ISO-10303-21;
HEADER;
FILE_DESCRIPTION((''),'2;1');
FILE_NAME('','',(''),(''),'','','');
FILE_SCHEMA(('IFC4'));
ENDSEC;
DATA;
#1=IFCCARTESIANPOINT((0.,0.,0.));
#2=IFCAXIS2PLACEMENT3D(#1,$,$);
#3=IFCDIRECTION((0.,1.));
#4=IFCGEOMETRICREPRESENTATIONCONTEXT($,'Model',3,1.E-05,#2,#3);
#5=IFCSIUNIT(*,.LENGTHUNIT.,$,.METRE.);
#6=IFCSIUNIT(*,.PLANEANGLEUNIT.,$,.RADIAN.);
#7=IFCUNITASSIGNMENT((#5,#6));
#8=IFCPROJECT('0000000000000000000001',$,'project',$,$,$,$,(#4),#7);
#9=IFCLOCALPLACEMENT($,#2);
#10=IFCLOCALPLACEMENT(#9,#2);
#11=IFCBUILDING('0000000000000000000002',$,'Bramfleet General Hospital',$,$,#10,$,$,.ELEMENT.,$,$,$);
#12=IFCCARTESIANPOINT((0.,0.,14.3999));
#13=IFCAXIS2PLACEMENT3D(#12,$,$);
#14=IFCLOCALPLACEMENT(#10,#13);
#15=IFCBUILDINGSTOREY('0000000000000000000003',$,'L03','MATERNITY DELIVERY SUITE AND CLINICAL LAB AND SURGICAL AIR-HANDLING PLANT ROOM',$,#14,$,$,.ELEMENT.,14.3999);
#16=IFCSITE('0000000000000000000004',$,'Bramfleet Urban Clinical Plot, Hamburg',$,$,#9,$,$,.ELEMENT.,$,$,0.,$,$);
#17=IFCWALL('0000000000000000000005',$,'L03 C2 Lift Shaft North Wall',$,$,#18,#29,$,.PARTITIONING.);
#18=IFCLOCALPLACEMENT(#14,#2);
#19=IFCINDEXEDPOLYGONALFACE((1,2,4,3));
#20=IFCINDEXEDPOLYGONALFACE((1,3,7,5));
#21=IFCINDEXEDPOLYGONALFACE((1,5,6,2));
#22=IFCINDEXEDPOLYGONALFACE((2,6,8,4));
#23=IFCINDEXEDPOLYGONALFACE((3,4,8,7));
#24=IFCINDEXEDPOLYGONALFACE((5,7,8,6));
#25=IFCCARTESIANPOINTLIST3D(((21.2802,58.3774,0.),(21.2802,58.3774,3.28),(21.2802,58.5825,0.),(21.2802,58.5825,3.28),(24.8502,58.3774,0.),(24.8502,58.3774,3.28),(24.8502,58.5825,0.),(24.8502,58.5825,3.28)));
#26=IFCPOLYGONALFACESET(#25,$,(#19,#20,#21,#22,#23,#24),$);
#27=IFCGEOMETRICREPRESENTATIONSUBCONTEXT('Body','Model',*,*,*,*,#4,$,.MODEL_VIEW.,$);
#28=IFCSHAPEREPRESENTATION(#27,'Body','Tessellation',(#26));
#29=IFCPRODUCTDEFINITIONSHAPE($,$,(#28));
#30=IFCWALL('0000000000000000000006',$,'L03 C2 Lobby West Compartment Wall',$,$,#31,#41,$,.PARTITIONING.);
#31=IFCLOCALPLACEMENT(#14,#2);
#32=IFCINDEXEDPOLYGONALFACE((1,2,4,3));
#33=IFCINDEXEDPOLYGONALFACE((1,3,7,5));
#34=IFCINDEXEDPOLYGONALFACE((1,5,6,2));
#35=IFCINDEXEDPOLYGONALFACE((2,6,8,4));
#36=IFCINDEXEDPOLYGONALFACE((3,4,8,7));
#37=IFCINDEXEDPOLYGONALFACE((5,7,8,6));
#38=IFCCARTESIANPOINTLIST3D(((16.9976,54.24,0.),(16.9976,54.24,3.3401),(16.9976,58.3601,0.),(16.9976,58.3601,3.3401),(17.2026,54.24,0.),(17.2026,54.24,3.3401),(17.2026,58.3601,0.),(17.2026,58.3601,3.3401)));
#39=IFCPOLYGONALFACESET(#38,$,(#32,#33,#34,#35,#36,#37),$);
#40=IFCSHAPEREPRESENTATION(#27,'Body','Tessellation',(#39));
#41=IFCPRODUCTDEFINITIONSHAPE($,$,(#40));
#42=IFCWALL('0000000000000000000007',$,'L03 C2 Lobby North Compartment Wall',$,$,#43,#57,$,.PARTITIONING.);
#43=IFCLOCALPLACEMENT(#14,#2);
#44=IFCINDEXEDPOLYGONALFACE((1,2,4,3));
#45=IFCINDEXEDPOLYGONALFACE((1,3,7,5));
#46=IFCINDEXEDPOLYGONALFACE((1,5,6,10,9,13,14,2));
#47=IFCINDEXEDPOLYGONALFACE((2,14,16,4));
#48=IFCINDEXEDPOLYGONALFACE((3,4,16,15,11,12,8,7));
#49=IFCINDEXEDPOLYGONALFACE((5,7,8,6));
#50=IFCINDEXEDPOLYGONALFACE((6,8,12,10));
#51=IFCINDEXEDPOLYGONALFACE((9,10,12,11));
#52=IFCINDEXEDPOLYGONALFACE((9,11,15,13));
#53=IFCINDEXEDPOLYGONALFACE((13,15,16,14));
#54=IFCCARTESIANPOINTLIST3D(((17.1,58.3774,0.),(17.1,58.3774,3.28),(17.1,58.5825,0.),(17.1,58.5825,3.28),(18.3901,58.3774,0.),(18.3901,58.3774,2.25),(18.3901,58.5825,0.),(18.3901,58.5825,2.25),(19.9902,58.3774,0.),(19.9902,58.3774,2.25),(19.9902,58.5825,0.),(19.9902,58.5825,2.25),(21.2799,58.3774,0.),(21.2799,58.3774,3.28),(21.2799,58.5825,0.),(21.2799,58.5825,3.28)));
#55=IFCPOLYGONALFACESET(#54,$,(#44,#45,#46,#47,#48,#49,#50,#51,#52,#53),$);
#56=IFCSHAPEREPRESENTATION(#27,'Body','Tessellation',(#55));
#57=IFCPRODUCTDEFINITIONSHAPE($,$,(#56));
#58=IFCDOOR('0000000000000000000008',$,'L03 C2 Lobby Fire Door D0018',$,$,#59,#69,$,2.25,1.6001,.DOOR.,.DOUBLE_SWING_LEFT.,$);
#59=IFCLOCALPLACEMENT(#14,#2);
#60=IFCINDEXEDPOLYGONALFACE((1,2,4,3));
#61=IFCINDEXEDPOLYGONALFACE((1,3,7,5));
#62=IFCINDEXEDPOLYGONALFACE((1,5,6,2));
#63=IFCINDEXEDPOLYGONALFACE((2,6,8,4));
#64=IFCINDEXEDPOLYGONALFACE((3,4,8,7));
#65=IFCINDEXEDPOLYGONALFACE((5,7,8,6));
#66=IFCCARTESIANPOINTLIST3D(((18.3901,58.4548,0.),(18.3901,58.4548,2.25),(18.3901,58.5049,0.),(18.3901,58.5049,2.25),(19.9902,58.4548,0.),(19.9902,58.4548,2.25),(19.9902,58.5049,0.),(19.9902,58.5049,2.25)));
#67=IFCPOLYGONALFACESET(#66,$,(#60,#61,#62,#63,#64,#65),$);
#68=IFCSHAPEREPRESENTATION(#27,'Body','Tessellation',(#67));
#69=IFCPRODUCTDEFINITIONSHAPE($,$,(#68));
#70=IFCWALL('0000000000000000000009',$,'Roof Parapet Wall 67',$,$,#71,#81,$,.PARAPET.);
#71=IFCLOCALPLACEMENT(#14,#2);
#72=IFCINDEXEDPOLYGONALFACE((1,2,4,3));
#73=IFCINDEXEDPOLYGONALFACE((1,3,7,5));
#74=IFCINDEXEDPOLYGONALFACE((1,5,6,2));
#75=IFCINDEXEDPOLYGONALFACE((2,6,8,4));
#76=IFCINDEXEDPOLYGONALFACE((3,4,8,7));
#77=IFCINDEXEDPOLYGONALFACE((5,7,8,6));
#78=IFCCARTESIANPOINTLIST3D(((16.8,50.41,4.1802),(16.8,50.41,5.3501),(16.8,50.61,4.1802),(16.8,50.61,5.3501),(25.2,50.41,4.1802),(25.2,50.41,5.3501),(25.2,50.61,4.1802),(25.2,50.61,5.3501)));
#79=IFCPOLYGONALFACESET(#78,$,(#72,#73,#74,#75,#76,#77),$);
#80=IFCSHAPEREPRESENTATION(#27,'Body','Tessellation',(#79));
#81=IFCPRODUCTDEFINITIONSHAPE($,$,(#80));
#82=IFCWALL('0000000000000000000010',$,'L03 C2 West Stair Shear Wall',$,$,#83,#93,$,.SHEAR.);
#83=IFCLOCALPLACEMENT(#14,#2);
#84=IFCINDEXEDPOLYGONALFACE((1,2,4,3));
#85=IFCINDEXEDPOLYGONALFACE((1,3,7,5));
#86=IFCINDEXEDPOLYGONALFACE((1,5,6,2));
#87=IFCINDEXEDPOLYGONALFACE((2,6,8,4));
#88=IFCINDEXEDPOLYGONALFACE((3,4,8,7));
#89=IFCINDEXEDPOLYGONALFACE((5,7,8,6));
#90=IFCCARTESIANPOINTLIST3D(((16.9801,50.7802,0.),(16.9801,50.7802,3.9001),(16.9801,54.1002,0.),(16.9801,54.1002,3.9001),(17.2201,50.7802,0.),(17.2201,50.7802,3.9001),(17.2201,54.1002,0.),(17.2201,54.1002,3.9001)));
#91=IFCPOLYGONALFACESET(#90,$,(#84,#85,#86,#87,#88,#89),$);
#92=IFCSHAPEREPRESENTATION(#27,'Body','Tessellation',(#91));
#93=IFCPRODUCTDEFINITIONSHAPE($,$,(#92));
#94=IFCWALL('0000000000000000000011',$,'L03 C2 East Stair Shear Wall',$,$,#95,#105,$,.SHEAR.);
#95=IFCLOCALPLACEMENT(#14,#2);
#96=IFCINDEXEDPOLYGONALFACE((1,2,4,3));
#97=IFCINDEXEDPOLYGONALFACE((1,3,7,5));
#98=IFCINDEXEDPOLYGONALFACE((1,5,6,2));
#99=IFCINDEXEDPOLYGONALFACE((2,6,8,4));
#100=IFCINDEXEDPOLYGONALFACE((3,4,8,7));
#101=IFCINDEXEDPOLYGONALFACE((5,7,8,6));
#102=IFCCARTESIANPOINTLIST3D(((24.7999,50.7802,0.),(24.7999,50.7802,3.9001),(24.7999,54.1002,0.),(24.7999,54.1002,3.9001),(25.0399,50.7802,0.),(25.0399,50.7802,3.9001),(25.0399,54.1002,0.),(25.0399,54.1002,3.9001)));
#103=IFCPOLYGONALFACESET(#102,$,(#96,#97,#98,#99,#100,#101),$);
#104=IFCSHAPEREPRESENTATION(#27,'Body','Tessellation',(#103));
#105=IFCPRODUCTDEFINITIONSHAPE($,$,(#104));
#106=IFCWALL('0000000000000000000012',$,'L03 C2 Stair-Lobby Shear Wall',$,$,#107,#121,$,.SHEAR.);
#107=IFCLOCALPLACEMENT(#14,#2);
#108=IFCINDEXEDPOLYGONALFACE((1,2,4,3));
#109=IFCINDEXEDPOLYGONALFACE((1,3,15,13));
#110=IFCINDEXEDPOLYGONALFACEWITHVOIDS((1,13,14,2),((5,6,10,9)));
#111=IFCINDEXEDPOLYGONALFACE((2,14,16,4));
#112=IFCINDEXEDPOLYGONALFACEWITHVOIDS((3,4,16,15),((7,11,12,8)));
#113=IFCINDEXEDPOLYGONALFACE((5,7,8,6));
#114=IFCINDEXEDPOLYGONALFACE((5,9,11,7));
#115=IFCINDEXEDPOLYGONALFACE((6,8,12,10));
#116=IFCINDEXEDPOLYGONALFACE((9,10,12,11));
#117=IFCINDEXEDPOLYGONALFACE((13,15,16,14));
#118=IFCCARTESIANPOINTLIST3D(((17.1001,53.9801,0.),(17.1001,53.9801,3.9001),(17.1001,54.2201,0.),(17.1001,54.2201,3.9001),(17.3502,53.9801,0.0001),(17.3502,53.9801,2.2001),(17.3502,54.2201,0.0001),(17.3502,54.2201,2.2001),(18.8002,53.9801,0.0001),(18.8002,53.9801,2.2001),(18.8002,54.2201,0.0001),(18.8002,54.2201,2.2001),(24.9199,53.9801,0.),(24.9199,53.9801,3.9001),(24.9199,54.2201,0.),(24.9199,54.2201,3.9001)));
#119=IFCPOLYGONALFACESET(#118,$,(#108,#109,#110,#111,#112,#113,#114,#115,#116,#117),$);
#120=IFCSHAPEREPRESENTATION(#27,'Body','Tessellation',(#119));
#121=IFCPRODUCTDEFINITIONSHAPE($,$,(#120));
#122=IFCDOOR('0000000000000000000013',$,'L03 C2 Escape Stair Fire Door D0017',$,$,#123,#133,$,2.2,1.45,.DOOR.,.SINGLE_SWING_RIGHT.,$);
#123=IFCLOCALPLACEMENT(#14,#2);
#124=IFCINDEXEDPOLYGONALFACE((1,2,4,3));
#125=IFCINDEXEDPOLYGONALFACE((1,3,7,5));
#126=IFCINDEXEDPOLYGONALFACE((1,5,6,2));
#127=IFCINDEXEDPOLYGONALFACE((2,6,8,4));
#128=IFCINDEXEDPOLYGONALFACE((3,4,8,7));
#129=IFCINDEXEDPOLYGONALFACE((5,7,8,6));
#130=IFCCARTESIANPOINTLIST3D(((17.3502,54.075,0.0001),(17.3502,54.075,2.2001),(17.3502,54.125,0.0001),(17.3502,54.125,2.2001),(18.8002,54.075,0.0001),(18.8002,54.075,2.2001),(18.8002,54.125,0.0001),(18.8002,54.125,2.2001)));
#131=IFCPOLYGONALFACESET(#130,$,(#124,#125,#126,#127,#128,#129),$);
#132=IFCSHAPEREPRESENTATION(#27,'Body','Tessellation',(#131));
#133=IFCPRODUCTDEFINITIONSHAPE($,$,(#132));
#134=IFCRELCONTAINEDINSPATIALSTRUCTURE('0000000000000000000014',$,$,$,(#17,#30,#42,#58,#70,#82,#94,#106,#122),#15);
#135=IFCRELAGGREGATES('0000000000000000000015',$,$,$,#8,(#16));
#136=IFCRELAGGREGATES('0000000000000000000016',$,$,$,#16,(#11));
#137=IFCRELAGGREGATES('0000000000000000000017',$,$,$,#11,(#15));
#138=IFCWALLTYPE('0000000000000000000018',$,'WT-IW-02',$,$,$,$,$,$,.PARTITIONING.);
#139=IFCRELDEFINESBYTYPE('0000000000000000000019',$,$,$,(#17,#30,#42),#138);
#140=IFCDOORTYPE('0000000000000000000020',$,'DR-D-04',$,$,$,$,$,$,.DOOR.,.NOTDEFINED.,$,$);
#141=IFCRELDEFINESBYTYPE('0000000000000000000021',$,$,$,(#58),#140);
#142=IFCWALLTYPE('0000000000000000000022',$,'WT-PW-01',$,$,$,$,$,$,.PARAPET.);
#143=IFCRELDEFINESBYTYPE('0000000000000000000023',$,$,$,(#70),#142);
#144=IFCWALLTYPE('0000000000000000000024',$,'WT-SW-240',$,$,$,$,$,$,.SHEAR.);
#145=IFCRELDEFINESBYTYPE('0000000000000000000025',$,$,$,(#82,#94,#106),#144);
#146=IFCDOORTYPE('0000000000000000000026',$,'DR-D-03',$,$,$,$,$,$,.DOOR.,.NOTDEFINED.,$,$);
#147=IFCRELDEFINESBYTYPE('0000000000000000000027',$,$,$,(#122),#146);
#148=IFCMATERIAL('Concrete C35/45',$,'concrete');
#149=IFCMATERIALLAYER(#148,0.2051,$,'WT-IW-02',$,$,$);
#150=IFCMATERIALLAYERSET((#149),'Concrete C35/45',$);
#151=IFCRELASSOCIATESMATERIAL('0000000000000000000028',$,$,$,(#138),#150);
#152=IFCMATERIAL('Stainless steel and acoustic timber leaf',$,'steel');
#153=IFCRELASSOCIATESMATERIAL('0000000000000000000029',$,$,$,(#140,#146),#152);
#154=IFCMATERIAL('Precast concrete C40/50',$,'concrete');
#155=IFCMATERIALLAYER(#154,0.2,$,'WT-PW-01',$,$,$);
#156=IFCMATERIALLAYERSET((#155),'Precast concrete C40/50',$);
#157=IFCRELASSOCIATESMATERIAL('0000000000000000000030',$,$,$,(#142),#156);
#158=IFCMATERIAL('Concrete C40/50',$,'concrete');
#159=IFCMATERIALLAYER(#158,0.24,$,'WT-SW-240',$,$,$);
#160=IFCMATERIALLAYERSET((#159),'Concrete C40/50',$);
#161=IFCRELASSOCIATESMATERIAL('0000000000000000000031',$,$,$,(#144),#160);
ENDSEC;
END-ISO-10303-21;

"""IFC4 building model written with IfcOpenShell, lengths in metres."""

from ifc_helpers import new_model, si_unit, direction, frame, frame_2d, origin, place, context, subcontext, project, spatial, rectangle, extrude, material, layer, layer_set, type_object, element, fill, save


model = new_model("IFC4")

# Units and contexts
model_context = context("Model", 3, precision=1e-05, world=origin(), true_north=direction((0.0, 1.0)))
body_context = subcontext(model_context, "Body", "Model", "MODEL_VIEW")
ifc_project = project(units=[si_unit("LENGTHUNIT", "METRE"), si_unit("PLANEANGLEUNIT", "RADIAN")], contexts=[model_context])

# Site, building, storey
site_placement = place(None, origin())
site = spatial("IfcSite", under=ifc_project, at=site_placement, Name="Bramfleet Urban Clinical Plot, Hamburg", CompositionType="ELEMENT", RefElevation=0.0)
building_placement = place(site_placement, origin())
building = spatial("IfcBuilding", under=site, at=building_placement, Name="Bramfleet General Hospital", CompositionType="ELEMENT")
storey_placement = place(building_placement, frame((0.0, 0.0, 14.3999)))
storey = spatial("IfcBuildingStorey", under=building, at=storey_placement, Name="L03", Description="MATERNITY DELIVERY SUITE AND CLINICAL LAB AND SURGICAL AIR-HANDLING PLANT ROOM", CompositionType="ELEMENT", Elevation=14.3999)

# Shared definitions
ifc_material_1 = material(Name="Concrete C40/50", Category="concrete")

# Shared definitions
ifc_material_2 = material(Name="Concrete C35/45", Category="concrete")

# Shared definitions
ifc_material_3 = material(Name="Stainless steel and acoustic timber leaf", Category="steel")

# Shared definitions
ifc_layer_1 = layer(ifc_material_2, 0.2051, Name="WT-IW-02")
ifc_layer_set_1 = layer_set([ifc_layer_1], Name="Concrete C35/45")
wall_type_1 = type_object("IfcWallType", Name="WT-IW-02", PredefinedType="PARTITIONING", material=ifc_layer_set_1)

# Walls
wall_1_placement = place(storey_placement, frame((21.28, 58.48, 0.0), z_axis=(0.0, 0.0, 1.0), x_axis=(1.0, 0.0, 0.0)))
element("IfcWall", 1, at=wall_1_placement, inside=storey, type_object=wall_type_1, Name="L03 C2 Lift Shaft North Wall", PredefinedType="PARTITIONING", context=body_context, shape_type="SweptSolid", body=[
    extrude(rectangle(XDim=3.5701, YDim=0.2051, at=frame_2d((1.7852, 0.0))), origin(), (0.0, 0.0, 1.0), 3.28),
])
wall_2_placement = place(storey_placement, frame((17.1001, 54.24, 0.0), z_axis=(0.0, 0.0, 1.0), x_axis=(0.0, 1.0, 0.0)))
element("IfcWall", 2, at=wall_2_placement, inside=storey, type_object=wall_type_1, Name="L03 C2 Lobby West Compartment Wall", PredefinedType="PARTITIONING", context=body_context, shape_type="SweptSolid", body=[
    extrude(rectangle(XDim=4.1201, YDim=0.2051, at=frame_2d((2.0601, 0.0))), origin(), (0.0, 0.0, 1.0), 3.3401),
])

# Wall, opening, door
wall_3_placement = place(storey_placement, frame((17.1001, 58.48, 0.0), z_axis=(0.0, 0.0, 1.0), x_axis=(1.0, 0.0, 0.0)))
wall_3 = element("IfcWall", 3, at=wall_3_placement, inside=storey, type_object=wall_type_1, Name="L03 C2 Lobby North Compartment Wall", PredefinedType="PARTITIONING", context=body_context, shape_type="SweptSolid", body=[
    extrude(rectangle(XDim=4.1799, YDim=0.2051, at=frame_2d((2.0898, 0.0))), origin(), (0.0, 0.0, 1.0), 3.28),
])
opening_1_placement = place(wall_3_placement, frame((1.29, 0.0, 0.0)))
opening_1 = element("IfcOpeningElement", 4, at=opening_1_placement, cuts=wall_3, PredefinedType="OPENING", context=body_context, shape_type="SweptSolid", body=[
    extrude(rectangle(XDim=1.6001, YDim=2.25, at=frame_2d((0.8, 1.125))), frame((0.0, 0.1125, 0.0), z_axis=(0.0, -1.0, 0.0), x_axis=(1.0, 0.0, 0.0)), (0.0, 0.0, 1.0), 0.2251),
])
door_type_1 = type_object("IfcDoorType", Name="DR-D-04", OperationType="NOTDEFINED", PredefinedType="DOOR", material=ifc_material_3)
door_1_placement = place(opening_1_placement, origin())
door_1 = element("IfcDoor", 5, at=door_1_placement, inside=storey, type_object=door_type_1, Name="L03 C2 Lobby Fire Door D0018", OperationType="DOUBLE_SWING_LEFT", OverallHeight=2.25, OverallWidth=1.6001, PredefinedType="DOOR", context=body_context, shape_type="SweptSolid", body=[
    extrude(rectangle(XDim=1.6001, YDim=2.25, at=frame_2d((0.8, 1.125))), frame((0.0, 0.0249, 0.0), z_axis=(0.0, -1.0, 0.0), x_axis=(1.0, 0.0, 0.0)), (0.0, 0.0, 1.0), 0.05),
])
fill(opening_1, door_1)

# Walls
ifc_material_4 = material(Name="Precast concrete C40/50", Category="concrete")
ifc_layer_2 = layer(ifc_material_4, 0.2, Name="WT-PW-01")
ifc_layer_set_2 = layer_set([ifc_layer_2], Name="Precast concrete C40/50")
wall_type_2 = type_object("IfcWallType", Name="WT-PW-01", PredefinedType="PARAPET", material=ifc_layer_set_2)
wall_4_placement = place(storey_placement, frame((25.2, 50.51, 4.1802), z_axis=(0.0, 0.0, 1.0), x_axis=(-1.0, 0.0, 0.0)))
element("IfcWall", 6, at=wall_4_placement, inside=storey, type_object=wall_type_2, Name="Roof Parapet Wall 67", PredefinedType="PARAPET", context=body_context, shape_type="SweptSolid", body=[
    extrude(rectangle(XDim=8.3999, YDim=0.2, at=frame_2d((4.2, 0.0))), origin(), (0.0, 0.0, 1.0), 1.1699),
])
ifc_layer_3 = layer(ifc_material_1, 0.24, Name="WT-SW-240")
ifc_layer_set_3 = layer_set([ifc_layer_3], Name="Concrete C40/50")
wall_type_3 = type_object("IfcWallType", Name="WT-SW-240", PredefinedType="SHEAR", material=ifc_layer_set_3)
for number, where, z_axis, x_axis, name in (
    (7, (17.1001, 50.78, 0.0), (0.0, 0.0, 1.0), (0.0, 1.0, 0.0), "L03 C2 West Stair Shear Wall"),
    (8, (24.9199, 50.78, 0.0), (0.0, 0.0, 1.0), (0.0, 1.0, 0.0), "L03 C2 East Stair Shear Wall"),
):
    element("IfcWall", number, at=place(storey_placement, frame(where, z_axis=z_axis, x_axis=x_axis)), inside=storey, type_object=wall_type_3, Name=name, PredefinedType="SHEAR", context=body_context, shape_type="SweptSolid", body=[
        extrude(rectangle(XDim=3.3201, YDim=0.24, at=frame_2d((1.6602, 0.0))), origin(), (0.0, 0.0, 1.0), 3.9001),
    ])

# Wall, opening, door
wall_5_placement = place(storey_placement, frame((17.1001, 54.1001, 0.0), z_axis=(0.0, 0.0, 1.0), x_axis=(1.0, 0.0, 0.0)))
wall_5 = element("IfcWall", 9, at=wall_5_placement, inside=storey, type_object=wall_type_3, Name="L03 C2 Stair-Lobby Shear Wall", PredefinedType="SHEAR", context=body_context, shape_type="SweptSolid", body=[
    extrude(rectangle(XDim=7.8198, YDim=0.24, at=frame_2d((3.9099, 0.0))), origin(), (0.0, 0.0, 1.0), 3.9001),
])
opening_2_placement = place(wall_5_placement, frame((0.25, 0.0, 0.0)))
opening_2 = element("IfcOpeningElement", 10, at=opening_2_placement, cuts=wall_5, PredefinedType="OPENING", context=body_context, shape_type="SweptSolid", body=[
    extrude(rectangle(XDim=1.45, YDim=2.2, at=frame_2d((0.7251, 1.1001))), frame((0.0, 0.1299, 0.0), z_axis=(0.0, -1.0, 0.0), x_axis=(1.0, 0.0, 0.0)), (0.0, 0.0, 1.0), 0.26),
])
door_type_2 = type_object("IfcDoorType", Name="DR-D-03", OperationType="NOTDEFINED", PredefinedType="DOOR", material=ifc_material_3)
door_2_placement = place(opening_2_placement, origin())
door_2 = element("IfcDoor", 11, at=door_2_placement, inside=storey, type_object=door_type_2, Name="L03 C2 Escape Stair Fire Door D0017", OperationType="SINGLE_SWING_RIGHT", OverallHeight=2.2, OverallWidth=1.45, PredefinedType="DOOR", context=body_context, shape_type="SweptSolid", body=[
    extrude(rectangle(XDim=1.45, YDim=2.2, at=frame_2d((0.7251, 1.1001))), frame((0.0, 0.0249, 0.0), z_axis=(0.0, -1.0, 0.0), x_axis=(1.0, 0.0, 0.0)), (0.0, 0.0, 1.0), 0.05),
])
fill(opening_2, door_2)

save(model, "model.ifc")
